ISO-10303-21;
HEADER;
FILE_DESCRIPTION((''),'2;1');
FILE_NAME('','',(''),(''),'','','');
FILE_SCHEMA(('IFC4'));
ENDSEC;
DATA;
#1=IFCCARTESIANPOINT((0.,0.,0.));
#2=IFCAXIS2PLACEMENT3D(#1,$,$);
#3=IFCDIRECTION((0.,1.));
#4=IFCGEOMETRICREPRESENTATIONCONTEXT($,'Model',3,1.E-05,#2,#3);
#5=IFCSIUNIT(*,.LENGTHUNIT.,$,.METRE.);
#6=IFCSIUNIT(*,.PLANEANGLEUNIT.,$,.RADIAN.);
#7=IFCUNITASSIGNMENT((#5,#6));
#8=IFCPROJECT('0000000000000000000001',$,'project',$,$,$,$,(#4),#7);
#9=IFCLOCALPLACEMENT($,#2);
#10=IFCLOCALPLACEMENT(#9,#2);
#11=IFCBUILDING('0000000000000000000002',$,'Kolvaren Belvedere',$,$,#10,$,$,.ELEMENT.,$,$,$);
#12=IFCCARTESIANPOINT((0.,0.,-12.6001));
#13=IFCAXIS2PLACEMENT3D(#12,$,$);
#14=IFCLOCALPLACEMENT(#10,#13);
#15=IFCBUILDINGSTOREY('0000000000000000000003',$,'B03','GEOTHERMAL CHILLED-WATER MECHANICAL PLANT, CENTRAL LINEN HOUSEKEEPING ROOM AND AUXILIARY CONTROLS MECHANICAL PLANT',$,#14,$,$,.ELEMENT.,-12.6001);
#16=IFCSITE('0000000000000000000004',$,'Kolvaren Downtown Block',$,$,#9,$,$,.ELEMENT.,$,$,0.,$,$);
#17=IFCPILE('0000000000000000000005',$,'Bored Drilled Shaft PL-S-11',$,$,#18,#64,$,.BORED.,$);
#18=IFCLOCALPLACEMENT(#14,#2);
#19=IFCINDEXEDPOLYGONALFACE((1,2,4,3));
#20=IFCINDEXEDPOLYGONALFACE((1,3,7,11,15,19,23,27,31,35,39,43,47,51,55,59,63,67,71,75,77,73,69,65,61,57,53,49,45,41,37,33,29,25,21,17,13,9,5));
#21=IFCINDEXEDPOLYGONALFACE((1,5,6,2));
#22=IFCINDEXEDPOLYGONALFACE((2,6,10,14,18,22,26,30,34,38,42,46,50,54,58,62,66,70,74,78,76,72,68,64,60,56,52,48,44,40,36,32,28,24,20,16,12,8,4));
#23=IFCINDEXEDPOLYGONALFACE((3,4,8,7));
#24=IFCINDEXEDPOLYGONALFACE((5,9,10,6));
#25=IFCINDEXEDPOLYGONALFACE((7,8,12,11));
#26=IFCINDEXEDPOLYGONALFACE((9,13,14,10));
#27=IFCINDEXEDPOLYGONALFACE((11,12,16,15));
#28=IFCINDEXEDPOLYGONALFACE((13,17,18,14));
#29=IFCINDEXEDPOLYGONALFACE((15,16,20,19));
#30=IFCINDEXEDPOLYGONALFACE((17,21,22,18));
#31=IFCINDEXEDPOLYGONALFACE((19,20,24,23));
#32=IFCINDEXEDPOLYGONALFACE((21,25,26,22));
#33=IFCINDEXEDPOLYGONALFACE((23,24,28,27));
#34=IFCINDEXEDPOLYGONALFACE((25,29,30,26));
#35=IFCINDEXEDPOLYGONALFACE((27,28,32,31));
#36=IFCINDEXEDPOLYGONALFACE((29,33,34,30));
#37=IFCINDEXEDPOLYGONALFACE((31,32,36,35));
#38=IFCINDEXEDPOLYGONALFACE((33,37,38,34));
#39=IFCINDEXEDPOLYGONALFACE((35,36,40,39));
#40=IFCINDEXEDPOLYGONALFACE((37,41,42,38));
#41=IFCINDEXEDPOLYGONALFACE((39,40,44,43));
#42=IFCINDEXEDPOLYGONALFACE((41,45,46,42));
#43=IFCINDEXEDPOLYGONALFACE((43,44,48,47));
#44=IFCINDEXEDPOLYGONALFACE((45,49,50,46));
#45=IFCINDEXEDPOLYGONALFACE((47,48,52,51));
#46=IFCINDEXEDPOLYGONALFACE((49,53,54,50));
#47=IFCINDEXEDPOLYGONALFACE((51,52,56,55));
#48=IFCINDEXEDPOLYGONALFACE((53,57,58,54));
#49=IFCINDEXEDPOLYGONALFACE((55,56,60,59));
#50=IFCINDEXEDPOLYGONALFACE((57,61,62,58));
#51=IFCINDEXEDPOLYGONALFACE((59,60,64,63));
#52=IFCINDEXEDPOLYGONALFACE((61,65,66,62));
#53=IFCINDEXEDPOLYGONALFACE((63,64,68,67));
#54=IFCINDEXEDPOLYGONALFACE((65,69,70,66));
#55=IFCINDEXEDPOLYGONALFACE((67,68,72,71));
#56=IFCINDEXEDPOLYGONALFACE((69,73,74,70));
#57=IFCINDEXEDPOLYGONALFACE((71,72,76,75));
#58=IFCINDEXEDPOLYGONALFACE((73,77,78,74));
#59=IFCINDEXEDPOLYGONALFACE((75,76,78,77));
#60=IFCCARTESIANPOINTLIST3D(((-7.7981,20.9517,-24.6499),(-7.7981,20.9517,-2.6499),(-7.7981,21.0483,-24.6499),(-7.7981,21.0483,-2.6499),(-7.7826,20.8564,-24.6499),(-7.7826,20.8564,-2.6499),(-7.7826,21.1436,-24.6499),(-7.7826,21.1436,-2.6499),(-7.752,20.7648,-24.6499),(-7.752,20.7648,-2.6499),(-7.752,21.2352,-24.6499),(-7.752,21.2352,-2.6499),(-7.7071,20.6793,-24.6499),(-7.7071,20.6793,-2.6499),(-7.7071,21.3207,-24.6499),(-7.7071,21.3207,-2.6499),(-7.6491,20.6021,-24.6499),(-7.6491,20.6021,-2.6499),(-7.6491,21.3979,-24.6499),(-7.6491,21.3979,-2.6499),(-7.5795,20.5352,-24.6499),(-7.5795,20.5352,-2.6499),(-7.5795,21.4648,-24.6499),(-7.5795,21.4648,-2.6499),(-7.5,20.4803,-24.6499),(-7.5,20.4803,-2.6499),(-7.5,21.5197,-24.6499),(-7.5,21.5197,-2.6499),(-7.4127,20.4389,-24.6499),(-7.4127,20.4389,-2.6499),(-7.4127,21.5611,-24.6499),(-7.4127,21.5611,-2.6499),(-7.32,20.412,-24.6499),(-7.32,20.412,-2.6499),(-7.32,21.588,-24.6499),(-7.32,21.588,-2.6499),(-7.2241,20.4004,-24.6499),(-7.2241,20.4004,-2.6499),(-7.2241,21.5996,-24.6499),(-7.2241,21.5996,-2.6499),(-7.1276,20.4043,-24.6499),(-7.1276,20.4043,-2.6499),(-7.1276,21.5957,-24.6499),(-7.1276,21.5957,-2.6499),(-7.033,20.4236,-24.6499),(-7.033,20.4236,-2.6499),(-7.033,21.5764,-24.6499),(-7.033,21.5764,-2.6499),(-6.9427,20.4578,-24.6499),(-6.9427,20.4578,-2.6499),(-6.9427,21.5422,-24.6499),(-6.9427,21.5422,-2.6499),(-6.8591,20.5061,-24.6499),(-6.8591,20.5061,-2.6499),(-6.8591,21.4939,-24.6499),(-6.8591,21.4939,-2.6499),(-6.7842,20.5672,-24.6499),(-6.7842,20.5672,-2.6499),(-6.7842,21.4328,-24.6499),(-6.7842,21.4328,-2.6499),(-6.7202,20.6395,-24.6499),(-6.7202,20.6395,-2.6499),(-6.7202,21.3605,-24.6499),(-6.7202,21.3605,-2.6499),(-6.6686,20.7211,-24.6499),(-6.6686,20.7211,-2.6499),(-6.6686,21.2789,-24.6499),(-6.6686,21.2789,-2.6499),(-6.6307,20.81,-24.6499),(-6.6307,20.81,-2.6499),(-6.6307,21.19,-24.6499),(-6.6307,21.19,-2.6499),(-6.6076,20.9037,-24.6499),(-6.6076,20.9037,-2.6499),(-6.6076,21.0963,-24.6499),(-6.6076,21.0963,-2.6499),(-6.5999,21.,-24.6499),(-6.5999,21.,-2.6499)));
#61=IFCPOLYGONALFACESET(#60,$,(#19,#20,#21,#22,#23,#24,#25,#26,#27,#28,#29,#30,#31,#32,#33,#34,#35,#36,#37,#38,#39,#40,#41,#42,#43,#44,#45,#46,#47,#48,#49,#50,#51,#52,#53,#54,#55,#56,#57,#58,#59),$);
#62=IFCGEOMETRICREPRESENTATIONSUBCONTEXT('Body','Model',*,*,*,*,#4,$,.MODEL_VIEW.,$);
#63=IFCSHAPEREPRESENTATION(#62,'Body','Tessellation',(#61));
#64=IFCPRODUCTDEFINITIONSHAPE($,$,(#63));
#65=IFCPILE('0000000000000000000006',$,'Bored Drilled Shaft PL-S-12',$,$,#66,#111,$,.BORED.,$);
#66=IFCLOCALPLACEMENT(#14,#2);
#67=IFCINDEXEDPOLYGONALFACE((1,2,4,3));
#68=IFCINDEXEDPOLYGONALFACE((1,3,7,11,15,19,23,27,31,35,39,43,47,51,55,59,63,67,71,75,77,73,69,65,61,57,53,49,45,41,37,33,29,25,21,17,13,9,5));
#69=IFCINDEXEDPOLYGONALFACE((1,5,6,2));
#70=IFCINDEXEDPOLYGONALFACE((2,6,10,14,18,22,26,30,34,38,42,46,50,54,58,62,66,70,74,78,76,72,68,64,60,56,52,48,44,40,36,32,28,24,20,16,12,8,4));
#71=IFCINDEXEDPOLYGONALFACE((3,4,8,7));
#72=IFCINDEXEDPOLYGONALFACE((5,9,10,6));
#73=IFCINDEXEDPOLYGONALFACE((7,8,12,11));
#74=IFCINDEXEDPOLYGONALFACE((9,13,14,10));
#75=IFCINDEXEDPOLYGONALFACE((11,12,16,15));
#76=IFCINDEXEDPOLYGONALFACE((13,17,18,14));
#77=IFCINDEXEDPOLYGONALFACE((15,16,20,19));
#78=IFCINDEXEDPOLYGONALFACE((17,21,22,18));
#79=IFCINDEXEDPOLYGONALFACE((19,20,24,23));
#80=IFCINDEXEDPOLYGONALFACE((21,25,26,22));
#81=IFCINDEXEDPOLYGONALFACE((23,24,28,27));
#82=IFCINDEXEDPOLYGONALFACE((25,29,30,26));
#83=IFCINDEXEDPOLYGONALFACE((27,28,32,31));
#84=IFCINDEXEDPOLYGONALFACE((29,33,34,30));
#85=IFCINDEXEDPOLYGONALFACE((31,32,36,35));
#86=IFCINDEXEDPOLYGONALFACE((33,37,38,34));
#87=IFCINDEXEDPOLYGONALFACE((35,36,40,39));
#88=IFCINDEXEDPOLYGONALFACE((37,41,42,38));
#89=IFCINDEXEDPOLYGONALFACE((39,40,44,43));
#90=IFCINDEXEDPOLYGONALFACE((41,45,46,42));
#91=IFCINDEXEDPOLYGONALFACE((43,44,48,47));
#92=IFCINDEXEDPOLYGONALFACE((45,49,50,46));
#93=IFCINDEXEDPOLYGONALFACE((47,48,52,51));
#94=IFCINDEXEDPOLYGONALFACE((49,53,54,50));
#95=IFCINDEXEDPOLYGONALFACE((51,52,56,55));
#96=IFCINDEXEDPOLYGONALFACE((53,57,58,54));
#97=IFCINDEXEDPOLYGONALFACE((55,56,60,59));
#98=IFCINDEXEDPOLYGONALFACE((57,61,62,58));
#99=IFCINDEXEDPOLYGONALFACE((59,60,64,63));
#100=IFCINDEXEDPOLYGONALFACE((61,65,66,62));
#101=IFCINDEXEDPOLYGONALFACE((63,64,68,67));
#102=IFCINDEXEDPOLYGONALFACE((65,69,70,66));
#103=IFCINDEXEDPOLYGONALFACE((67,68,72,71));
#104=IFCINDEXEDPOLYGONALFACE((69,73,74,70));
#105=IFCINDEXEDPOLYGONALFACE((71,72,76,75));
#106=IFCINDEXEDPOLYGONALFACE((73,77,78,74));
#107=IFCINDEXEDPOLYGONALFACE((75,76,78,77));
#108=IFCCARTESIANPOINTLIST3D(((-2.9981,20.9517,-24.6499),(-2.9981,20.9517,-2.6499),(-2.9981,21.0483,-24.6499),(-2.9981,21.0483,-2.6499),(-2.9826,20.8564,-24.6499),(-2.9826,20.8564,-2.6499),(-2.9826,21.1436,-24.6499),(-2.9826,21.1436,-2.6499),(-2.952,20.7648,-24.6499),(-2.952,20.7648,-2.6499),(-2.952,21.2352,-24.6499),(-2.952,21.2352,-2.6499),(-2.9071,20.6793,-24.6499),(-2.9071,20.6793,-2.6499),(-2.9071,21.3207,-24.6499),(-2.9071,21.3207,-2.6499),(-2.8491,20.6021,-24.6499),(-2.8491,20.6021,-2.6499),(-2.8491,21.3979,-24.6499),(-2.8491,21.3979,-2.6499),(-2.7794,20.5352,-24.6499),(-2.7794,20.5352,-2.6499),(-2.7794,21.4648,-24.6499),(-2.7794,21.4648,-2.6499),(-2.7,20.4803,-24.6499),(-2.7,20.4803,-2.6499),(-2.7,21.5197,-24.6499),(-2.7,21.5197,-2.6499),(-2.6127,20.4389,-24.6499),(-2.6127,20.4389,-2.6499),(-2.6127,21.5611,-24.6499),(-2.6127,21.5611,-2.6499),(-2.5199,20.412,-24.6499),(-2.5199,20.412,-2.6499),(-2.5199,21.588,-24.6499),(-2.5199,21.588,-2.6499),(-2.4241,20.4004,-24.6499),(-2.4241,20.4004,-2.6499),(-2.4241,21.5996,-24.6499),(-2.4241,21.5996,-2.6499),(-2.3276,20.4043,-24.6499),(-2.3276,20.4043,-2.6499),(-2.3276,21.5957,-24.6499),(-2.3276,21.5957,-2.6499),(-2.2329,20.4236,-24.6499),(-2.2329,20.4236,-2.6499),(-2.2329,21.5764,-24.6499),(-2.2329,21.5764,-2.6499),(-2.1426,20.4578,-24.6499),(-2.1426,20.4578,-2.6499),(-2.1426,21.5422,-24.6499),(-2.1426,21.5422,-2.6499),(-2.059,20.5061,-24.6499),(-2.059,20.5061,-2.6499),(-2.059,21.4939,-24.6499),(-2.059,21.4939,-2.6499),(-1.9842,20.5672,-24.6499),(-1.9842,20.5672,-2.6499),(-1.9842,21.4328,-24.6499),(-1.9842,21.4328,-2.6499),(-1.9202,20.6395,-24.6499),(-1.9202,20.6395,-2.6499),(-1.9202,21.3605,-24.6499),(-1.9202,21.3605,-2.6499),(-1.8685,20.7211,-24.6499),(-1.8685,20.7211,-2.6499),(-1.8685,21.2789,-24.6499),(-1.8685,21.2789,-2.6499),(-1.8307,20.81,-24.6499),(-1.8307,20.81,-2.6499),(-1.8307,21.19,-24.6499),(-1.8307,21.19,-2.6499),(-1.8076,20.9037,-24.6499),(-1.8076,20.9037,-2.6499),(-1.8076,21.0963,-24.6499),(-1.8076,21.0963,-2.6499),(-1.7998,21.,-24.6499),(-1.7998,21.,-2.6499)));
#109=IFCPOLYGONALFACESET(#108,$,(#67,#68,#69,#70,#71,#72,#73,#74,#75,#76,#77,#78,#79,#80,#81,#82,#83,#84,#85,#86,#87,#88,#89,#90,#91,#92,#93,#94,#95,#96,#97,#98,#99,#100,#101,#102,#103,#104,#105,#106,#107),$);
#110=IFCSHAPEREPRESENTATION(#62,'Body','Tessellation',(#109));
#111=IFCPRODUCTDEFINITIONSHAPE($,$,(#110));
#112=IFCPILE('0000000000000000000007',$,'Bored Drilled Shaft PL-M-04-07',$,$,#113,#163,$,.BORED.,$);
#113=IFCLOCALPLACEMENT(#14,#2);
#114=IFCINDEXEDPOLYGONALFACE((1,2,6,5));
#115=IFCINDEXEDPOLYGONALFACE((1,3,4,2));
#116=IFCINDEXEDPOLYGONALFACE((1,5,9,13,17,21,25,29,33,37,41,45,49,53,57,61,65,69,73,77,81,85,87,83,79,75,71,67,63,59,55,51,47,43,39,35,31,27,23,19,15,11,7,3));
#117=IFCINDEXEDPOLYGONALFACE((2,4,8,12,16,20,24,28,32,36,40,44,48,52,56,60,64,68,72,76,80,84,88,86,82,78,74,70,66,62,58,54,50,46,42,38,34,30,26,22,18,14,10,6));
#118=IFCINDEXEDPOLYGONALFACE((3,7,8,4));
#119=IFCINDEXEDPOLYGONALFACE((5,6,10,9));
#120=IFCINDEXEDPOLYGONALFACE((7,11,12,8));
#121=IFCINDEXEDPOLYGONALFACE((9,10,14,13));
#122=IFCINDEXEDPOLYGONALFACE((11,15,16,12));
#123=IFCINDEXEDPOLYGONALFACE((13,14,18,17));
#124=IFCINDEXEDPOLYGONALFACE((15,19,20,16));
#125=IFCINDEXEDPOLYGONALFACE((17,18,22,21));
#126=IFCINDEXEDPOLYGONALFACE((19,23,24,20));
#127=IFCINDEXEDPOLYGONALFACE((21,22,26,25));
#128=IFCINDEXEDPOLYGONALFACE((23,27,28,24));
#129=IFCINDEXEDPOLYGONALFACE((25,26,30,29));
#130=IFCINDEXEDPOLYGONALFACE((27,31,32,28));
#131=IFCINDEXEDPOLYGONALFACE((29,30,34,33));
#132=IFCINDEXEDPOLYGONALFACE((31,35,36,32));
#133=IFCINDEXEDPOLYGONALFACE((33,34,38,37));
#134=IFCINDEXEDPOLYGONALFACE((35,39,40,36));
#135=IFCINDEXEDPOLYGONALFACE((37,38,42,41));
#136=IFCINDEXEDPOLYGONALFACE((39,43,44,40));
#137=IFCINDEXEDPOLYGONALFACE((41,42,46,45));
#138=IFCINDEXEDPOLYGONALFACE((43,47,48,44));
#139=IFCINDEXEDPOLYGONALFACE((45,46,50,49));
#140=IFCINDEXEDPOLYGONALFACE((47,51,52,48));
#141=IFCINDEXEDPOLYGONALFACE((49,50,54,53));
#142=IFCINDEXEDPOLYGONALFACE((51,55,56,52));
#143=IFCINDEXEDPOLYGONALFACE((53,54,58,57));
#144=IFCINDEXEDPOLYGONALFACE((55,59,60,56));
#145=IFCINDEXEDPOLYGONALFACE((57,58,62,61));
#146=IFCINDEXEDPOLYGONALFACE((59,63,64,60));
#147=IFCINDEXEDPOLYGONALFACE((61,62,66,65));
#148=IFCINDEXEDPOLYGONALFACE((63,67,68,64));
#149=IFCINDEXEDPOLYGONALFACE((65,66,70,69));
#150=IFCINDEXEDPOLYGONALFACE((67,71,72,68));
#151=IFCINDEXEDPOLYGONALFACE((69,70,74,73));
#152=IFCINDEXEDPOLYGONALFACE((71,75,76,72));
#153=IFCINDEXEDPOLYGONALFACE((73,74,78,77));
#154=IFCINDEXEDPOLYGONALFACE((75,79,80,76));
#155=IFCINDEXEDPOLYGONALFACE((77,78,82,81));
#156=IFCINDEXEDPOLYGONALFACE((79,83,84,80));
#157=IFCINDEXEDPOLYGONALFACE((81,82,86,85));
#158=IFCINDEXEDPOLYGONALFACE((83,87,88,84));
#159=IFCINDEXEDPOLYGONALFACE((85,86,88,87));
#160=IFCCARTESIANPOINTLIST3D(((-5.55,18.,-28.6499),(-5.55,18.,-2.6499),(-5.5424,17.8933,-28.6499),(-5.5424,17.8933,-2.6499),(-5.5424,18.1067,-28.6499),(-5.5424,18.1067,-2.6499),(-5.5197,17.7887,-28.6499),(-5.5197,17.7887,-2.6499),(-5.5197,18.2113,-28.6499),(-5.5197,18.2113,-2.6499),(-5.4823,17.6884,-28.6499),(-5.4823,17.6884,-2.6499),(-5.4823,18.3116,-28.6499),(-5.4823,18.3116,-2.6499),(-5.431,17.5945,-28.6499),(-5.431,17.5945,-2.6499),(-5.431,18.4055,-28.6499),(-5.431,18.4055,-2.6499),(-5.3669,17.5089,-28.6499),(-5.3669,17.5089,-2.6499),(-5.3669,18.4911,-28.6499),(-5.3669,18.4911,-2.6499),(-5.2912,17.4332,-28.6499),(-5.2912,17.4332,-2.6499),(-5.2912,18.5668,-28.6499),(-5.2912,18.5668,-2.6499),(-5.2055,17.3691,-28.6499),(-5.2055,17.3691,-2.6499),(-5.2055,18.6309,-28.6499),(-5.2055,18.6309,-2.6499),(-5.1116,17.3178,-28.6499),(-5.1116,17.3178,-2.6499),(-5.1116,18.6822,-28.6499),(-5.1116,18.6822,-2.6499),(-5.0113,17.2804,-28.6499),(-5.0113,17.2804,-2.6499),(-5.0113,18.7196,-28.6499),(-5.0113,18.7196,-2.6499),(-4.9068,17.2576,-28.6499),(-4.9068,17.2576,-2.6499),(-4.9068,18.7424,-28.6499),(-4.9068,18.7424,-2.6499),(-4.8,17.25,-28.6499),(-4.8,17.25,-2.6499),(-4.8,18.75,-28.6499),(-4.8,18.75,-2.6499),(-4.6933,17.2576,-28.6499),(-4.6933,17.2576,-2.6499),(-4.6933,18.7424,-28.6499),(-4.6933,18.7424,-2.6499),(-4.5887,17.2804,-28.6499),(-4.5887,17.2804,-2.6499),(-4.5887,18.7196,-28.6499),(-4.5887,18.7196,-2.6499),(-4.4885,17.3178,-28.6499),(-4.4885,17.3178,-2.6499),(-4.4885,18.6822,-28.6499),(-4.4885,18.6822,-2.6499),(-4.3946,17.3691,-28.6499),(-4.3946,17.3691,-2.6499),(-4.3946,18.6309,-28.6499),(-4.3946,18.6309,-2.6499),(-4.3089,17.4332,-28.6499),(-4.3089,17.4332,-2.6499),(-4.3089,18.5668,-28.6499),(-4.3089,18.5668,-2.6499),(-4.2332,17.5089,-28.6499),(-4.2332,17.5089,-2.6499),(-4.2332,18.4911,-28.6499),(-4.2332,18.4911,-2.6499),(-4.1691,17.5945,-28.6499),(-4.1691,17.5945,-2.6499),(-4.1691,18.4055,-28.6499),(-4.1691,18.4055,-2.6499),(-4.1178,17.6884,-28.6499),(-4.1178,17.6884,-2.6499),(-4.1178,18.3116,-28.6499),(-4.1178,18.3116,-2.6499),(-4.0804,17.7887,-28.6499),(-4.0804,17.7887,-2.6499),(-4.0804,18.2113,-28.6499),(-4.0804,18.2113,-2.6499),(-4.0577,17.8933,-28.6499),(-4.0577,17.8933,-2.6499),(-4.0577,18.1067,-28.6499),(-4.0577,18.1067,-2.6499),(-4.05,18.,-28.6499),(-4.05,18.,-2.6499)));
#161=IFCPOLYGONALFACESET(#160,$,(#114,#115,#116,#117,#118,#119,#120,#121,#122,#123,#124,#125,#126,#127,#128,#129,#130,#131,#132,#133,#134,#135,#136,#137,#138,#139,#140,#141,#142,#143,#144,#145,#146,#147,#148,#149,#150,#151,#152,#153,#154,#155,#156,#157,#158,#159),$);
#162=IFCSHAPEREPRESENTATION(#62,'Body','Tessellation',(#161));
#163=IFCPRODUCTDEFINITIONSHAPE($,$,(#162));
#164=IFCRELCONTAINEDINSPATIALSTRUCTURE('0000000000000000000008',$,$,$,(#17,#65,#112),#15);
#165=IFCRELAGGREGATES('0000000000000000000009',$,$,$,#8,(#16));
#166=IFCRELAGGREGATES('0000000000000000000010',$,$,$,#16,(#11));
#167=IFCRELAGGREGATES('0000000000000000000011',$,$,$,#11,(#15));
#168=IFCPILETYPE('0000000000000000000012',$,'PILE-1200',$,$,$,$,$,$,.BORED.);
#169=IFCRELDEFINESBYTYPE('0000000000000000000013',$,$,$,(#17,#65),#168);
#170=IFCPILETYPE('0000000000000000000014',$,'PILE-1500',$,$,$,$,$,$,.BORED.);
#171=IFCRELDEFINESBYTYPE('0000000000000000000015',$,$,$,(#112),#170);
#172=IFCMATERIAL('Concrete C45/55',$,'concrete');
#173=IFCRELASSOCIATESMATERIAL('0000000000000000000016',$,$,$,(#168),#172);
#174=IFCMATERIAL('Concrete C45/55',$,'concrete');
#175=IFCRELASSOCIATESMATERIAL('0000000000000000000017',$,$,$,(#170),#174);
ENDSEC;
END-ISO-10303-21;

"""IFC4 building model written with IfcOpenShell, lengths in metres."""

from ifc_helpers import new_model, si_unit, direction, frame, origin, origin_2d, place, context, subcontext, project, spatial, circle, extrude, material, material_profile, profile_set, type_object, element, save


model = new_model("IFC4")

# Units and contexts
model_context = context("Model", 3, precision=1e-05, world=origin(), true_north=direction((0.0, 1.0)))
body_context = subcontext(model_context, "Body", "Model", "MODEL_VIEW")
ifc_project = project(units=[si_unit("LENGTHUNIT", "METRE"), si_unit("PLANEANGLEUNIT", "RADIAN")], contexts=[model_context])

# Site, building, storey
site_placement = place(None, origin())
site = spatial("IfcSite", under=ifc_project, at=site_placement, Name="Kolvaren Downtown Block", CompositionType="ELEMENT", RefElevation=0.0)
building_placement = place(site_placement, origin())
building = spatial("IfcBuilding", under=site, at=building_placement, Name="Kolvaren Belvedere", CompositionType="ELEMENT")
storey_placement = place(building_placement, frame((0.0, 0.0, -12.6001)))
storey = spatial("IfcBuildingStorey", under=building, at=storey_placement, Name="B03", Description="GEOTHERMAL CHILLED-WATER MECHANICAL PLANT, CENTRAL LINEN HOUSEKEEPING ROOM AND AUXILIARY CONTROLS MECHANICAL PLANT", CompositionType="ELEMENT", Elevation=-12.6001)

# Piles
ifc_material_1 = material(Name="Concrete C45/55", Category="concrete")
ifc_material_profile_1 = material_profile(ifc_material_1, circle(Radius=0.6001, at=origin_2d()), Name="BORED PILE D1200")
ifc_profile_set_1 = profile_set([ifc_material_profile_1], Name="Concrete C45/55")
pile_type_1 = type_object("IfcPileType", Name="PILE-1200", PredefinedType="BORED", material=ifc_profile_set_1)
for number, where, z_axis, x_axis, name in (
    (1, (-7.2, 21.0, -2.6499), (0.0, 0.0, -1.0), (1.0, 0.0, 0.0), "Bored Drilled Shaft PL-S-11"),
    (2, (-2.3999, 21.0, -2.6499), (0.0, 0.0, -1.0), (1.0, 0.0, 0.0), "Bored Drilled Shaft PL-S-12"),
):
    element("IfcPile", number, at=place(storey_placement, frame(where, z_axis=z_axis, x_axis=x_axis)), inside=storey, type_object=pile_type_1, Name=name, PredefinedType="BORED", context=body_context, shape_type="SweptSolid", body=[
        extrude(circle(Radius=0.6001, at=origin_2d()), origin(), (0.0, 0.0, 1.0), 22.0),
    ])
ifc_material_2 = material(Name="Concrete C45/55", Category="concrete")
ifc_material_profile_2 = material_profile(ifc_material_2, circle(Radius=0.75, at=origin_2d()), Name="BORED PILE D1500")
ifc_profile_set_2 = profile_set([ifc_material_profile_2], Name="Concrete C45/55")
pile_type_2 = type_object("IfcPileType", Name="PILE-1500", PredefinedType="BORED", material=ifc_profile_set_2)
for number, where, z_axis, x_axis, name in (
    (3, (-4.8, 18.0, -2.6499), (0.0, 0.0, -1.0), (1.0, 0.0, 0.0), "Bored Drilled Shaft PL-M-04-07"),
):
    element("IfcPile", number, at=place(storey_placement, frame(where, z_axis=z_axis, x_axis=x_axis)), inside=storey, type_object=pile_type_2, Name=name, PredefinedType="BORED", context=body_context, shape_type="SweptSolid", body=[
        extrude(circle(Radius=0.75, at=origin_2d()), origin(), (0.0, 0.0, 1.0), 26.0),
    ])

save(model, "model.ifc")
